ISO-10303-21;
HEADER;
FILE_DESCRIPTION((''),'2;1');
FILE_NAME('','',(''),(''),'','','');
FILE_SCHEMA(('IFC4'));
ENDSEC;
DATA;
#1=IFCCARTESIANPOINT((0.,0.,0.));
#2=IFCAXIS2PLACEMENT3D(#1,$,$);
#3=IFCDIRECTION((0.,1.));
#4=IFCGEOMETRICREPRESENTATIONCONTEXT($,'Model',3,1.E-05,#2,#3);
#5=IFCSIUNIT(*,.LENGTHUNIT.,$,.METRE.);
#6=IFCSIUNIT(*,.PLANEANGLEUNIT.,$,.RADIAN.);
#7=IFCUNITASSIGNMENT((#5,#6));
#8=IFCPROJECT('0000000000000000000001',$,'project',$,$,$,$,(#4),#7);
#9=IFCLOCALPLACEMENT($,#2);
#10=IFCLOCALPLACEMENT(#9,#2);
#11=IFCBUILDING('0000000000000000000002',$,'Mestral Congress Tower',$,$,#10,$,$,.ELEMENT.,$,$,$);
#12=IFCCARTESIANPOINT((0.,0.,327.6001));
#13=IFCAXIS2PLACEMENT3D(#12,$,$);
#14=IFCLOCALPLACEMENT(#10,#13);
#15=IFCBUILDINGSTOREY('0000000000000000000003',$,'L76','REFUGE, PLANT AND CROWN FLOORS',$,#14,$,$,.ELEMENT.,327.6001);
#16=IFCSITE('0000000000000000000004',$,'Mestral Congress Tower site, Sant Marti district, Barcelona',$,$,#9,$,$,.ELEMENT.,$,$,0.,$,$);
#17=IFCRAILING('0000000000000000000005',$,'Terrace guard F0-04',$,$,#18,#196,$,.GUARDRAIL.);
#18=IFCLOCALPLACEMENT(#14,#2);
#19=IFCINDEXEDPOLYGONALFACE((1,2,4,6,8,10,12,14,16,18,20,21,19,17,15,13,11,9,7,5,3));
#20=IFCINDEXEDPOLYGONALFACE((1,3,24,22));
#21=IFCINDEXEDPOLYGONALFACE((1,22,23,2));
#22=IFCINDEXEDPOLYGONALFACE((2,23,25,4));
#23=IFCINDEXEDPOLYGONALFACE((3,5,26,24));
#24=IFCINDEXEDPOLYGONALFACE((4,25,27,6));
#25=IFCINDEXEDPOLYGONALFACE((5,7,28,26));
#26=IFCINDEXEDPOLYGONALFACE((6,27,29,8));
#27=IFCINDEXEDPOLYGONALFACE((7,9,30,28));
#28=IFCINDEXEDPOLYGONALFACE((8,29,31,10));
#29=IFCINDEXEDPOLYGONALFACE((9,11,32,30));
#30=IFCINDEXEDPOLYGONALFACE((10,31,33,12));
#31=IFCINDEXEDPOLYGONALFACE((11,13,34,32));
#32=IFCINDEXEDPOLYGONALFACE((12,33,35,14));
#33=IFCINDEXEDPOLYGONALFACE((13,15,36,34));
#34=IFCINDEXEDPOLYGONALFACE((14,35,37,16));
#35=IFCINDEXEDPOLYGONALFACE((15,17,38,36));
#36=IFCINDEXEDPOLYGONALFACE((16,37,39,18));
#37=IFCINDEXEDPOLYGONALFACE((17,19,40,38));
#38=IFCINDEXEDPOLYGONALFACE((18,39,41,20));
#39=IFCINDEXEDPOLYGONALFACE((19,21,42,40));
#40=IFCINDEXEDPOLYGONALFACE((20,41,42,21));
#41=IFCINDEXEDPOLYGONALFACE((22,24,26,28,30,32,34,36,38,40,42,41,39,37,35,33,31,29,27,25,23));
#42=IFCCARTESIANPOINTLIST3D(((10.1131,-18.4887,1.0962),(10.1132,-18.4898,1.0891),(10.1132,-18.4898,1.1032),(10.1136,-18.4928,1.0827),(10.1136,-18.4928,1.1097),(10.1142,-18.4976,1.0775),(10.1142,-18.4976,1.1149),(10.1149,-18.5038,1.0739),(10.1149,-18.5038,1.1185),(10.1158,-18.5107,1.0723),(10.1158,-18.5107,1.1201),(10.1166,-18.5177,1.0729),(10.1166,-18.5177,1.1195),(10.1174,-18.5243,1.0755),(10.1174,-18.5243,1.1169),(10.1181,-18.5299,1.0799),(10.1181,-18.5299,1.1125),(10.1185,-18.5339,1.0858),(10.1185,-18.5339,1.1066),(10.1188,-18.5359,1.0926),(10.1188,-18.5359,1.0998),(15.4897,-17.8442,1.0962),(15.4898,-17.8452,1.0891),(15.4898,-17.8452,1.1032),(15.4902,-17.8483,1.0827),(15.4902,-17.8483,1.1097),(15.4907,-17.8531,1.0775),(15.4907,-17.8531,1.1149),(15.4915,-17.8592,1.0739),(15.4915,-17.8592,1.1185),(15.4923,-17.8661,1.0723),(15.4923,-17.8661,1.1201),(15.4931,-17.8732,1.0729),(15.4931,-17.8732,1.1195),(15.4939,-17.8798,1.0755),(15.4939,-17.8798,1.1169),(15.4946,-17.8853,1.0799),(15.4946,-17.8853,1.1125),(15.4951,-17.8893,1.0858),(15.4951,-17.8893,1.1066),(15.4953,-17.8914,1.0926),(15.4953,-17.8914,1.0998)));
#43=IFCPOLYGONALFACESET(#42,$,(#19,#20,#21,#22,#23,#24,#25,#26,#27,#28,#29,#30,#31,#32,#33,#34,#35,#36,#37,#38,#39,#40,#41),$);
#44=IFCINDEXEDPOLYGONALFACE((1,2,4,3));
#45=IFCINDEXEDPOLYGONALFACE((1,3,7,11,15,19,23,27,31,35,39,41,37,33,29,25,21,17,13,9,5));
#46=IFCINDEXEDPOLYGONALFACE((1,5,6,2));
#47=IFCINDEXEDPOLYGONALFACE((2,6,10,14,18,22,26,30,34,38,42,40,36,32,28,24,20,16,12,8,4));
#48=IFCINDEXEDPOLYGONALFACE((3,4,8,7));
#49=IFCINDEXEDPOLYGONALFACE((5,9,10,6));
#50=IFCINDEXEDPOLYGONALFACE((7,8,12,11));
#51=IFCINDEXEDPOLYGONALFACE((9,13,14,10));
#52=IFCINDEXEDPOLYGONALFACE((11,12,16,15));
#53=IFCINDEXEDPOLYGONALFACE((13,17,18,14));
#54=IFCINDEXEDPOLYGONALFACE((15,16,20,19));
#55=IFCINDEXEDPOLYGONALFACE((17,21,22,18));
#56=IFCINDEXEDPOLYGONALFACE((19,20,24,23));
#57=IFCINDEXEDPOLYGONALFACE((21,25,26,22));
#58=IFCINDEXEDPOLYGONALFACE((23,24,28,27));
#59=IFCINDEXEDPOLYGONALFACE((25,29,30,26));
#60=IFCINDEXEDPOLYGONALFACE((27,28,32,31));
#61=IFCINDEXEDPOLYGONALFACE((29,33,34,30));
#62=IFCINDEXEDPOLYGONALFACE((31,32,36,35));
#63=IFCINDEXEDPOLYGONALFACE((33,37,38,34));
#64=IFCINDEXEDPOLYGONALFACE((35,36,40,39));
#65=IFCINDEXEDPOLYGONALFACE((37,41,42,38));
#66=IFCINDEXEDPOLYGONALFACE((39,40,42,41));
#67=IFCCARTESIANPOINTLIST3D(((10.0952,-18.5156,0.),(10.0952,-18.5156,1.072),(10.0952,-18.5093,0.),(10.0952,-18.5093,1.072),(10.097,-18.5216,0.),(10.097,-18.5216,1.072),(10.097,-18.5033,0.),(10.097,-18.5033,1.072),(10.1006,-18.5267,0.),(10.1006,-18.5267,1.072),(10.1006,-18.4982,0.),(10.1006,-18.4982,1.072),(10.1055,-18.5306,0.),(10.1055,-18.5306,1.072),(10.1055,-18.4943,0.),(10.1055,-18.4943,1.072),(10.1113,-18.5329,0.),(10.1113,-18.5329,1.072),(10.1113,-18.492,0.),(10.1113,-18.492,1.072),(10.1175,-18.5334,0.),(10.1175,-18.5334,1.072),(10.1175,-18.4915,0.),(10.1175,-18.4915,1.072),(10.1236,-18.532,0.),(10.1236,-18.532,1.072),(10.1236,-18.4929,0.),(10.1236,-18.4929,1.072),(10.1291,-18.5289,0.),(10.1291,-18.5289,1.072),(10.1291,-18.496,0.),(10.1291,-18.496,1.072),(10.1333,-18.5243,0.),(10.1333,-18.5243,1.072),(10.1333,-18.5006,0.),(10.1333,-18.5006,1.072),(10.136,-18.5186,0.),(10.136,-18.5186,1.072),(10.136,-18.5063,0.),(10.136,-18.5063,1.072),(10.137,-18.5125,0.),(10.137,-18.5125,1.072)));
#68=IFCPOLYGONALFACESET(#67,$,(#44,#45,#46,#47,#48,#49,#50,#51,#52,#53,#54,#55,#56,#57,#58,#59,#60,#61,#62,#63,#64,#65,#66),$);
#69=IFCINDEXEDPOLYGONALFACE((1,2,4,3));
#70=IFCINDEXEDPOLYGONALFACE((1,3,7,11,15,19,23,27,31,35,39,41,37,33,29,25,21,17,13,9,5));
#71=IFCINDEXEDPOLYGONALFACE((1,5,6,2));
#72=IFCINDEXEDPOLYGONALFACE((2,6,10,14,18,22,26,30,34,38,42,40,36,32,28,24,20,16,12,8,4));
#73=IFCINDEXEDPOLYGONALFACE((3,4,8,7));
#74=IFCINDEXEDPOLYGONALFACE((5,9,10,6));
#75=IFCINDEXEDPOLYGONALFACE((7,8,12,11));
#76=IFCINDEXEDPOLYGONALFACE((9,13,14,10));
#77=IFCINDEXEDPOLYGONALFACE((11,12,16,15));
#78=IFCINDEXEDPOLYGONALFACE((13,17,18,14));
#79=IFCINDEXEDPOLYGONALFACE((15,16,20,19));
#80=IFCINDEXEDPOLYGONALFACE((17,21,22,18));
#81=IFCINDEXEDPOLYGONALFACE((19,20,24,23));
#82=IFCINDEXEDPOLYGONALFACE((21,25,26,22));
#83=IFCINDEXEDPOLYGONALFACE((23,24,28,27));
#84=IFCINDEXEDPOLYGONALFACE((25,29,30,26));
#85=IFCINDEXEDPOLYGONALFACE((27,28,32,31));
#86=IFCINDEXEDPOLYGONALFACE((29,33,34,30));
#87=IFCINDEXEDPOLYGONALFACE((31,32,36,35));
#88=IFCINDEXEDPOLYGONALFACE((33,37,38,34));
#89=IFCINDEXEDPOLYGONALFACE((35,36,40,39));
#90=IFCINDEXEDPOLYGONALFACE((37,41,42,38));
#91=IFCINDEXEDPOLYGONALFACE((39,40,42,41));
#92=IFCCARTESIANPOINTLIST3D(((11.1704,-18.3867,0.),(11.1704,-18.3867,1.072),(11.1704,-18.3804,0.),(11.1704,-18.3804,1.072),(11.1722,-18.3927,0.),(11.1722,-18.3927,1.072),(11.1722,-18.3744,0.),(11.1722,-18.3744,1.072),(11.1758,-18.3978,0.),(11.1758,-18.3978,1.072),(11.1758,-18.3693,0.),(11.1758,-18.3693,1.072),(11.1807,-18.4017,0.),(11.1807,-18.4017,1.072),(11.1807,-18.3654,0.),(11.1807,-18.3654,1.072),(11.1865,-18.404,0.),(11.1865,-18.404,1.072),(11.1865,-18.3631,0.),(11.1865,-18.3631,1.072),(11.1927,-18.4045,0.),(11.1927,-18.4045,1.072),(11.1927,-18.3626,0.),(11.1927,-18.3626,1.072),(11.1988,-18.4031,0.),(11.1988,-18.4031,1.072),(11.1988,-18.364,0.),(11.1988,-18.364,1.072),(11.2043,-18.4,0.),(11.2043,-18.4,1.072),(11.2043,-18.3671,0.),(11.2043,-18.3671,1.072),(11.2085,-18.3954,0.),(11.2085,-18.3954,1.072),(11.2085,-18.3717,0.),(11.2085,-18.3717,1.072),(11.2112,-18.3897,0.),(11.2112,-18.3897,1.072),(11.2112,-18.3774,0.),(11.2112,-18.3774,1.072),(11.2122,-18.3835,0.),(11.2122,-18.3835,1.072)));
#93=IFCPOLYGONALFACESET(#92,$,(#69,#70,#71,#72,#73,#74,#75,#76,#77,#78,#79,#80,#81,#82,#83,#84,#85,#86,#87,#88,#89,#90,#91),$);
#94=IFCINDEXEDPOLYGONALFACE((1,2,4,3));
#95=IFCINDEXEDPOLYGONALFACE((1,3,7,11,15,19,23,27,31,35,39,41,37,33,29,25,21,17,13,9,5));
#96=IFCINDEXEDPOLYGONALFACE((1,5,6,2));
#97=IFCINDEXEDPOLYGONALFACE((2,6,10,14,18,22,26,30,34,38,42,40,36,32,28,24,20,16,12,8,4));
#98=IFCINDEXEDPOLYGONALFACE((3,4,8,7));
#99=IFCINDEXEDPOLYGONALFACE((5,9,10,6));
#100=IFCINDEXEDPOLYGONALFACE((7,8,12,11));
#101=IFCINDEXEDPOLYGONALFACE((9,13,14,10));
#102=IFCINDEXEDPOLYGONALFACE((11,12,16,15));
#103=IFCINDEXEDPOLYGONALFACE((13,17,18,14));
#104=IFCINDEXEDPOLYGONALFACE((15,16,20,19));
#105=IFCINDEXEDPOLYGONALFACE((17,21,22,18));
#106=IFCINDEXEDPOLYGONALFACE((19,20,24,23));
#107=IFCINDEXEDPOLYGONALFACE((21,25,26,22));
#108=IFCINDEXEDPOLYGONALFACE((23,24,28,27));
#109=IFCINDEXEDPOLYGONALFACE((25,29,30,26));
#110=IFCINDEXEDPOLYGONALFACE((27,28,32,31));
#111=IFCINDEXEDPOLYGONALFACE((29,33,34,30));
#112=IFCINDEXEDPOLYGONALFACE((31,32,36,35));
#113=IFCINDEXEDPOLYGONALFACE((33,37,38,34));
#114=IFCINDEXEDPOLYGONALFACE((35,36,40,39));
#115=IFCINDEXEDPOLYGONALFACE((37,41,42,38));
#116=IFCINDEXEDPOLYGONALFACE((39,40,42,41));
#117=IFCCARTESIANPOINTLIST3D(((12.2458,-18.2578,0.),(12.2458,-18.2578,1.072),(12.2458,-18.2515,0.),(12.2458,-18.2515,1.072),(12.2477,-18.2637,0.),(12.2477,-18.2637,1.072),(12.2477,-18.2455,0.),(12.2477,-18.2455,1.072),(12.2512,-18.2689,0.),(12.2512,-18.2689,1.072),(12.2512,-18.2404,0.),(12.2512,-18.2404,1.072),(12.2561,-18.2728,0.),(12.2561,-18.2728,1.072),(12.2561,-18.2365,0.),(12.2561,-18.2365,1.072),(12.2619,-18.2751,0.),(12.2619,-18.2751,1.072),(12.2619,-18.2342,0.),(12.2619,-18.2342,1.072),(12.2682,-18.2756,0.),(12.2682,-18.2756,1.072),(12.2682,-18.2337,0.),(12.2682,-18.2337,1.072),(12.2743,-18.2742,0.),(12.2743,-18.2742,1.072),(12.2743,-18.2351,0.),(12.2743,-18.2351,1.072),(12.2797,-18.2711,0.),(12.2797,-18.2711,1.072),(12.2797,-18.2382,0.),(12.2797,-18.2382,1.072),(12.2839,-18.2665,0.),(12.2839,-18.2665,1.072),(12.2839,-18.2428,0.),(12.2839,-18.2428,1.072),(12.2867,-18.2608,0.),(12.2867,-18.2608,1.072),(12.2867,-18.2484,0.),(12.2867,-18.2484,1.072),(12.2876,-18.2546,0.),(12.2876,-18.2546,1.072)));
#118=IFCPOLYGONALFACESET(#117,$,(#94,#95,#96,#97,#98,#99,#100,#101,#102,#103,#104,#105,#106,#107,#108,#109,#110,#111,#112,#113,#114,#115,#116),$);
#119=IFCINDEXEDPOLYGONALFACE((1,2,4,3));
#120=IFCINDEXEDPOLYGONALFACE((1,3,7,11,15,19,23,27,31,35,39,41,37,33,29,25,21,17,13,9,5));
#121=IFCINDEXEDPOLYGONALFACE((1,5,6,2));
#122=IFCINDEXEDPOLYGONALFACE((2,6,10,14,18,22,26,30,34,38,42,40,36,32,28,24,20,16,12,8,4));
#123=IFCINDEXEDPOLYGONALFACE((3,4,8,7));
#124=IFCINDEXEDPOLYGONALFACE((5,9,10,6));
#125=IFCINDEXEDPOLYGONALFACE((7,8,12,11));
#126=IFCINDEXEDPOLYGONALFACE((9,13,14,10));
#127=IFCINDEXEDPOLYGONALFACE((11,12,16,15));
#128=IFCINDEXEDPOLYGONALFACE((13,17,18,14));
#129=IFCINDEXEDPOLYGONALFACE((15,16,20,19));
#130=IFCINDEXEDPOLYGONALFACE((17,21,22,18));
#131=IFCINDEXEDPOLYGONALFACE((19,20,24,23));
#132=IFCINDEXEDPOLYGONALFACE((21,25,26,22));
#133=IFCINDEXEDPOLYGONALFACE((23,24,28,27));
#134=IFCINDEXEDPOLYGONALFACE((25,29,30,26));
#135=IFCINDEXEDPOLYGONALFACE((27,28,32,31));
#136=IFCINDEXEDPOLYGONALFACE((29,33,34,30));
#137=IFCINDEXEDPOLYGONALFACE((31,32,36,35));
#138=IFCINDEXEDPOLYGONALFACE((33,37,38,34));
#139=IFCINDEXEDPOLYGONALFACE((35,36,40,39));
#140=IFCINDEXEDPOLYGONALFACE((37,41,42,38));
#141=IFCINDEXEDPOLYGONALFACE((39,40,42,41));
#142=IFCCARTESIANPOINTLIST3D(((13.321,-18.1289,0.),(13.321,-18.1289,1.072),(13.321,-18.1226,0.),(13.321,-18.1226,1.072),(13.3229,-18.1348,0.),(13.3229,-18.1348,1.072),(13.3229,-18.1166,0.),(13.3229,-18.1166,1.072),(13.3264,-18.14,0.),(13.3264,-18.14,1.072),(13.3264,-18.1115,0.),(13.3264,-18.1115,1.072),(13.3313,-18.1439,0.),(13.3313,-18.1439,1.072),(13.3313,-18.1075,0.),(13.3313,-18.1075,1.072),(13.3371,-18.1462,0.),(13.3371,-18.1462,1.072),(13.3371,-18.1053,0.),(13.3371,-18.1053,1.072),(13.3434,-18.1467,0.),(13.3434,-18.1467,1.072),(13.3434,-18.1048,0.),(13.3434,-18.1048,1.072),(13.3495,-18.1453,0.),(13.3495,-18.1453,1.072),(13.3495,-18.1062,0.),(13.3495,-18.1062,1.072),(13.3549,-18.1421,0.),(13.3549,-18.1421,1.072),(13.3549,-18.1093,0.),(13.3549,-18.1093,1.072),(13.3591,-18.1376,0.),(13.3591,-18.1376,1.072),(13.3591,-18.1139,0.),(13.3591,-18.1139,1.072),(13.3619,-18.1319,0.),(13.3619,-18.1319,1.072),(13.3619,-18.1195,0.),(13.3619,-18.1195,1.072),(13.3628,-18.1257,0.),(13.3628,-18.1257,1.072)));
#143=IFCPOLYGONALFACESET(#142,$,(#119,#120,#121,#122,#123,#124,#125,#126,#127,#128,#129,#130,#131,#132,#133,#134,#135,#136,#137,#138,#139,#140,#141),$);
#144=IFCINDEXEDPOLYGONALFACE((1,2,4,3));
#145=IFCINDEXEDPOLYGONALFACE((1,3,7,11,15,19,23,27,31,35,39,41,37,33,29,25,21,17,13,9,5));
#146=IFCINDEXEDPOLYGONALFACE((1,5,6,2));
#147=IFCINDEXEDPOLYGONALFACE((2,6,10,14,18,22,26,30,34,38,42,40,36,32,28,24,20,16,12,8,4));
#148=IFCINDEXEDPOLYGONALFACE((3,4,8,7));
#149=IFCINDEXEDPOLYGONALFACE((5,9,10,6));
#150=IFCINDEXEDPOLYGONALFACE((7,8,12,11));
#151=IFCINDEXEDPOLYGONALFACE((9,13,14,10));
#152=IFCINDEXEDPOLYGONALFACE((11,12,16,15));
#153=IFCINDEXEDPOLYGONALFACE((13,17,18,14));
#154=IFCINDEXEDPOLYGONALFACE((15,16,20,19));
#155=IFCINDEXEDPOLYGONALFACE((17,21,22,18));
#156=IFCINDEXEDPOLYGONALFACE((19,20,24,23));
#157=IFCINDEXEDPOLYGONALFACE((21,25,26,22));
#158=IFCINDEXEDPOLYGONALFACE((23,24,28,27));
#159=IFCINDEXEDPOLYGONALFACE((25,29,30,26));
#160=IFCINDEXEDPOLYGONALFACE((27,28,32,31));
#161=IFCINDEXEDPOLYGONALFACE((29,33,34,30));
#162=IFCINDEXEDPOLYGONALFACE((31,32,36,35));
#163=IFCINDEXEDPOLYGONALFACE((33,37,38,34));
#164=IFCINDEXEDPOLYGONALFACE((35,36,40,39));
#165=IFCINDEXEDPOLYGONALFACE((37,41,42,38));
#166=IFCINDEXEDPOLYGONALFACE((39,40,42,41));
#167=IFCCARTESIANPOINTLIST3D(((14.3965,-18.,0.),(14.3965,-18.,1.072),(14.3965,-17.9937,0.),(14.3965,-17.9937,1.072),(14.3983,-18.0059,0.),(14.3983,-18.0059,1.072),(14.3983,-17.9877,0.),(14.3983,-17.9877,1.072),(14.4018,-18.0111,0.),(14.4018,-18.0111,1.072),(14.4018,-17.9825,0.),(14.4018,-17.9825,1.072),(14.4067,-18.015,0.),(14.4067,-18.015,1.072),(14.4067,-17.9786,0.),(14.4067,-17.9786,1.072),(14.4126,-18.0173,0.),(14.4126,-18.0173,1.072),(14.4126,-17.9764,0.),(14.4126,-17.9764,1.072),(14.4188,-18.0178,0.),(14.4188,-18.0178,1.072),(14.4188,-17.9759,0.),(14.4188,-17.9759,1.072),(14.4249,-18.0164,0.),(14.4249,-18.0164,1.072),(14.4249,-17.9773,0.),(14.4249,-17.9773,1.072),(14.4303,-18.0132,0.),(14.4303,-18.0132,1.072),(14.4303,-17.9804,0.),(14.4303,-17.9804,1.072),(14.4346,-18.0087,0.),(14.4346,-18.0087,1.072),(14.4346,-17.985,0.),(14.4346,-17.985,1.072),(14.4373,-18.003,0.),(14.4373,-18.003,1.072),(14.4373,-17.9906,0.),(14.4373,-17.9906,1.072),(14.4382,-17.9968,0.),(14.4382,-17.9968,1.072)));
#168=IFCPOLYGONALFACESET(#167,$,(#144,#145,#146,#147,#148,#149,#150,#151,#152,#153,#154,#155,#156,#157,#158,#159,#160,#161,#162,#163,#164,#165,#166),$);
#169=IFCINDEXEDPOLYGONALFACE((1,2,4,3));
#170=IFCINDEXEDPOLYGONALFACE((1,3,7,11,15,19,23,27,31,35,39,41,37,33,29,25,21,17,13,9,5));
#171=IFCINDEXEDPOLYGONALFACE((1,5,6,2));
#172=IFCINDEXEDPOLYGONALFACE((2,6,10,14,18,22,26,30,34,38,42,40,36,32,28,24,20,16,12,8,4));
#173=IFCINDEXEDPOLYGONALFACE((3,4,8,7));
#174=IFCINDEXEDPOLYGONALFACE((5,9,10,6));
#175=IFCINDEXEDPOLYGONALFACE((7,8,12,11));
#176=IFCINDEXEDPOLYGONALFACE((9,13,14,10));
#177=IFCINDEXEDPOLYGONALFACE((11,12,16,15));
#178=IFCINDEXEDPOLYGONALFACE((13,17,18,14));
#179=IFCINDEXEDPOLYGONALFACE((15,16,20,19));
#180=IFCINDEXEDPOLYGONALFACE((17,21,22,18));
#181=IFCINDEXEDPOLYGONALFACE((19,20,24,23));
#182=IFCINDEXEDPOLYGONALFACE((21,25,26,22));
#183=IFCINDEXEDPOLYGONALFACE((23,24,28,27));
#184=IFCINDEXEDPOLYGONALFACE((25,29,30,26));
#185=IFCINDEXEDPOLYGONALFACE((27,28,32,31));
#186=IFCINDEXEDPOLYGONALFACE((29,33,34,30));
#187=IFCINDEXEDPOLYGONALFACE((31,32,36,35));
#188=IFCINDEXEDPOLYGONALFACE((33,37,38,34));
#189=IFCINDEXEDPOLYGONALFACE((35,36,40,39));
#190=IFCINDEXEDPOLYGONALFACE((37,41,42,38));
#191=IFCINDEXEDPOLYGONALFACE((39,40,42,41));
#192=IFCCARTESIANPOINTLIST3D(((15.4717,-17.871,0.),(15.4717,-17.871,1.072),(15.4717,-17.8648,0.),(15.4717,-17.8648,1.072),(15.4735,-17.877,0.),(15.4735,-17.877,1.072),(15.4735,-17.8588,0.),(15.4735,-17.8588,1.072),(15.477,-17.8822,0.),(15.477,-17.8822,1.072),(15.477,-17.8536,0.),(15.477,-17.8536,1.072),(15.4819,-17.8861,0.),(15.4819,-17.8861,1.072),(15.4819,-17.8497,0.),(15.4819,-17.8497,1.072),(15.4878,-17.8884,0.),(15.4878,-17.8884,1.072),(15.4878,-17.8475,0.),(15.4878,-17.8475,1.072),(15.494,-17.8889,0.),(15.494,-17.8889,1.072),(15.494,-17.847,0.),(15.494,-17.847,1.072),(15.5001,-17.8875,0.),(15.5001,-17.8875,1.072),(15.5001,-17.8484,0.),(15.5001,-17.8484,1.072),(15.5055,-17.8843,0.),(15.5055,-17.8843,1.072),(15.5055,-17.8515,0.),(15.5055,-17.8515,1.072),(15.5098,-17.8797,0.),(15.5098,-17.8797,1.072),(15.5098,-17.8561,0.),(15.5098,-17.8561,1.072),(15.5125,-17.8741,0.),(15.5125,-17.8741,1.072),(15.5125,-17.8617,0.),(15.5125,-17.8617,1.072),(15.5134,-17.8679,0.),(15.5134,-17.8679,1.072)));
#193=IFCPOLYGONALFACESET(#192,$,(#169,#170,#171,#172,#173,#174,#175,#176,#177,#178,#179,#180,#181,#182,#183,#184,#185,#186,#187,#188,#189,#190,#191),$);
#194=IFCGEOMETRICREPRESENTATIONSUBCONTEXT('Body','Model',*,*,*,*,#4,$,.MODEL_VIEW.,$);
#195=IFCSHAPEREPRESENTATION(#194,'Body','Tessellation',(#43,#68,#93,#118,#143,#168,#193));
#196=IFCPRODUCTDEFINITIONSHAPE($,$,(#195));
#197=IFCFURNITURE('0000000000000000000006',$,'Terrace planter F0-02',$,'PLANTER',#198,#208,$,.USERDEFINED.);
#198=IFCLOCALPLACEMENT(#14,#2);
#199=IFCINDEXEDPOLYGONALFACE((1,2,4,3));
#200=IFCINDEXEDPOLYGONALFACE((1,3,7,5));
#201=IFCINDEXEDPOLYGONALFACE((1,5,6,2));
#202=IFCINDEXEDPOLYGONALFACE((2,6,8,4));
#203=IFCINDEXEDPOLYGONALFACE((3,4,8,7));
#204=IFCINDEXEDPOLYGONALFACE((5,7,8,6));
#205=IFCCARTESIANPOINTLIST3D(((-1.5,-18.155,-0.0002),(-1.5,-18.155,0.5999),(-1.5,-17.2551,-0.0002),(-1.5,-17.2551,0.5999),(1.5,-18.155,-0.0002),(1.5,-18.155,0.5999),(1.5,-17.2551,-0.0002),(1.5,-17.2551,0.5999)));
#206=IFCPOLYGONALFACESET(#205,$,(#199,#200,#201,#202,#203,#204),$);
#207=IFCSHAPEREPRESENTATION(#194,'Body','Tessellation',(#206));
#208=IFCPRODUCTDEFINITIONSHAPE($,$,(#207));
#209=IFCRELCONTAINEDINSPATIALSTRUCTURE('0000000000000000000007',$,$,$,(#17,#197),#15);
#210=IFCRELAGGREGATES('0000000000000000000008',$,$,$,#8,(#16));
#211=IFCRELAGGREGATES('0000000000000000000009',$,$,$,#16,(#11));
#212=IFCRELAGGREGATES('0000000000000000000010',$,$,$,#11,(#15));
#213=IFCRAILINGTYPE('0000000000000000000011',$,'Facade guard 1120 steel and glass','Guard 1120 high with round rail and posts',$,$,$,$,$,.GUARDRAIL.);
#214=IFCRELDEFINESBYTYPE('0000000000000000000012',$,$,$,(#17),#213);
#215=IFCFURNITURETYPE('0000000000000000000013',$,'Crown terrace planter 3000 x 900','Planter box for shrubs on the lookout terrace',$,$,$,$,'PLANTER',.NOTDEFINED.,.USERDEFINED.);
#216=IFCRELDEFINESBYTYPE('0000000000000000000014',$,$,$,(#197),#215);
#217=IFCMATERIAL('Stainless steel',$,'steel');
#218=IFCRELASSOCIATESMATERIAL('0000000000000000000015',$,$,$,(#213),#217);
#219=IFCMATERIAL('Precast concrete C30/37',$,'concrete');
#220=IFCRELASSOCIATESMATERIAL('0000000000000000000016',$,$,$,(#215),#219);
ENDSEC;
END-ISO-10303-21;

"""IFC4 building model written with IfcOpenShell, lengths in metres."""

from ifc_helpers import new_model, si_unit, direction, frame, origin, origin_2d, place, context, subcontext, project, spatial, rectangle, circle, extrude, material, type_object, element, save


model = new_model("IFC4")

# Units and contexts
model_context = context("Model", 3, precision=1e-05, world=origin(), true_north=direction((0.0, 1.0)))
body_context = subcontext(model_context, "Body", "Model", "MODEL_VIEW")
ifc_project = project(units=[si_unit("LENGTHUNIT", "METRE"), si_unit("PLANEANGLEUNIT", "RADIAN")], contexts=[model_context])

# Site, building, storey
site_placement = place(None, origin())
site = spatial("IfcSite", under=ifc_project, at=site_placement, Name="Mestral Congress Tower site, Sant Marti district, Barcelona", CompositionType="ELEMENT", RefElevation=0.0)
building_placement = place(site_placement, origin())
building = spatial("IfcBuilding", under=site, at=building_placement, Name="Mestral Congress Tower", CompositionType="ELEMENT")
storey_placement = place(building_placement, frame((0.0, 0.0, 327.6001)))
storey = spatial("IfcBuildingStorey", under=building, at=storey_placement, Name="L76", Description="REFUGE, PLANT AND CROWN FLOORS", CompositionType="ELEMENT", Elevation=327.6001)

# Railing
ifc_material_1 = material(Name="Stainless steel", Category="steel")
railing_type = type_object("IfcRailingType", Name="Facade guard 1120 steel and glass", Description="Guard 1120 high with round rail and posts", PredefinedType="GUARDRAIL", material=ifc_material_1)
railing_1_placement = place(storey_placement, frame((10.116, -18.5125, 0.0)))
element("IfcRailing", 1, at=railing_1_placement, inside=storey, type_object=railing_type, Name="Terrace guard F0-04", PredefinedType="GUARDRAIL", context=body_context, shape_type="SweptSolid", body=[
    extrude(circle(Radius=0.0239, at=origin_2d()), frame((0.0, 0.0, 1.0962), z_axis=(0.992891, 0.119028, 0.0), x_axis=(-0.119028, 0.992891, 0.0)), (0.0, 0.0, 1.0), 5.415),
    extrude(circle(Radius=0.021, at=origin_2d()), origin(), (0.0, 0.0, 1.0), 1.072),
    extrude(circle(Radius=0.021, at=origin_2d()), frame((1.0752, 0.1289, 0.0)), (0.0, 0.0, 1.0), 1.072),
    extrude(circle(Radius=0.021, at=origin_2d()), frame((2.1506, 0.2578, 0.0)), (0.0, 0.0, 1.0), 1.072),
    extrude(circle(Radius=0.021, at=origin_2d()), frame((3.2258, 0.3867, 0.0)), (0.0, 0.0, 1.0), 1.072),
    extrude(circle(Radius=0.021, at=origin_2d()), frame((4.3013, 0.5156, 0.0)), (0.0, 0.0, 1.0), 1.072),
    extrude(circle(Radius=0.021, at=origin_2d()), frame((5.3765, 0.6445, 0.0)), (0.0, 0.0, 1.0), 1.072),
])

# Furniture
ifc_material_2 = material(Name="Precast concrete C30/37", Category="concrete")
furniture_type = type_object("IfcFurnitureType", Name="Crown terrace planter 3000 x 900", Description="Planter box for shrubs on the lookout terrace", ElementType="PLANTER", AssemblyPlace="NOTDEFINED", PredefinedType="USERDEFINED", material=ifc_material_2)
for number, where, z_axis, x_axis, name in (
    (2, (0.0, -17.7051, -0.0002), (0.0, 0.0, 1.0), (1.0, 0.0, 0.0), "Terrace planter F0-02"),
):
    element("IfcFurniture", number, at=place(storey_placement, frame(where, z_axis=z_axis, x_axis=x_axis)), inside=storey, type_object=furniture_type, Name=name, ObjectType="PLANTER", PredefinedType="USERDEFINED", context=body_context, shape_type="SweptSolid", body=[
        extrude(rectangle(XDim=3.0, YDim=0.8999, at=origin_2d()), origin(), (0.0, 0.0, 1.0), 0.6001),
    ])

save(model, "model.ifc")
